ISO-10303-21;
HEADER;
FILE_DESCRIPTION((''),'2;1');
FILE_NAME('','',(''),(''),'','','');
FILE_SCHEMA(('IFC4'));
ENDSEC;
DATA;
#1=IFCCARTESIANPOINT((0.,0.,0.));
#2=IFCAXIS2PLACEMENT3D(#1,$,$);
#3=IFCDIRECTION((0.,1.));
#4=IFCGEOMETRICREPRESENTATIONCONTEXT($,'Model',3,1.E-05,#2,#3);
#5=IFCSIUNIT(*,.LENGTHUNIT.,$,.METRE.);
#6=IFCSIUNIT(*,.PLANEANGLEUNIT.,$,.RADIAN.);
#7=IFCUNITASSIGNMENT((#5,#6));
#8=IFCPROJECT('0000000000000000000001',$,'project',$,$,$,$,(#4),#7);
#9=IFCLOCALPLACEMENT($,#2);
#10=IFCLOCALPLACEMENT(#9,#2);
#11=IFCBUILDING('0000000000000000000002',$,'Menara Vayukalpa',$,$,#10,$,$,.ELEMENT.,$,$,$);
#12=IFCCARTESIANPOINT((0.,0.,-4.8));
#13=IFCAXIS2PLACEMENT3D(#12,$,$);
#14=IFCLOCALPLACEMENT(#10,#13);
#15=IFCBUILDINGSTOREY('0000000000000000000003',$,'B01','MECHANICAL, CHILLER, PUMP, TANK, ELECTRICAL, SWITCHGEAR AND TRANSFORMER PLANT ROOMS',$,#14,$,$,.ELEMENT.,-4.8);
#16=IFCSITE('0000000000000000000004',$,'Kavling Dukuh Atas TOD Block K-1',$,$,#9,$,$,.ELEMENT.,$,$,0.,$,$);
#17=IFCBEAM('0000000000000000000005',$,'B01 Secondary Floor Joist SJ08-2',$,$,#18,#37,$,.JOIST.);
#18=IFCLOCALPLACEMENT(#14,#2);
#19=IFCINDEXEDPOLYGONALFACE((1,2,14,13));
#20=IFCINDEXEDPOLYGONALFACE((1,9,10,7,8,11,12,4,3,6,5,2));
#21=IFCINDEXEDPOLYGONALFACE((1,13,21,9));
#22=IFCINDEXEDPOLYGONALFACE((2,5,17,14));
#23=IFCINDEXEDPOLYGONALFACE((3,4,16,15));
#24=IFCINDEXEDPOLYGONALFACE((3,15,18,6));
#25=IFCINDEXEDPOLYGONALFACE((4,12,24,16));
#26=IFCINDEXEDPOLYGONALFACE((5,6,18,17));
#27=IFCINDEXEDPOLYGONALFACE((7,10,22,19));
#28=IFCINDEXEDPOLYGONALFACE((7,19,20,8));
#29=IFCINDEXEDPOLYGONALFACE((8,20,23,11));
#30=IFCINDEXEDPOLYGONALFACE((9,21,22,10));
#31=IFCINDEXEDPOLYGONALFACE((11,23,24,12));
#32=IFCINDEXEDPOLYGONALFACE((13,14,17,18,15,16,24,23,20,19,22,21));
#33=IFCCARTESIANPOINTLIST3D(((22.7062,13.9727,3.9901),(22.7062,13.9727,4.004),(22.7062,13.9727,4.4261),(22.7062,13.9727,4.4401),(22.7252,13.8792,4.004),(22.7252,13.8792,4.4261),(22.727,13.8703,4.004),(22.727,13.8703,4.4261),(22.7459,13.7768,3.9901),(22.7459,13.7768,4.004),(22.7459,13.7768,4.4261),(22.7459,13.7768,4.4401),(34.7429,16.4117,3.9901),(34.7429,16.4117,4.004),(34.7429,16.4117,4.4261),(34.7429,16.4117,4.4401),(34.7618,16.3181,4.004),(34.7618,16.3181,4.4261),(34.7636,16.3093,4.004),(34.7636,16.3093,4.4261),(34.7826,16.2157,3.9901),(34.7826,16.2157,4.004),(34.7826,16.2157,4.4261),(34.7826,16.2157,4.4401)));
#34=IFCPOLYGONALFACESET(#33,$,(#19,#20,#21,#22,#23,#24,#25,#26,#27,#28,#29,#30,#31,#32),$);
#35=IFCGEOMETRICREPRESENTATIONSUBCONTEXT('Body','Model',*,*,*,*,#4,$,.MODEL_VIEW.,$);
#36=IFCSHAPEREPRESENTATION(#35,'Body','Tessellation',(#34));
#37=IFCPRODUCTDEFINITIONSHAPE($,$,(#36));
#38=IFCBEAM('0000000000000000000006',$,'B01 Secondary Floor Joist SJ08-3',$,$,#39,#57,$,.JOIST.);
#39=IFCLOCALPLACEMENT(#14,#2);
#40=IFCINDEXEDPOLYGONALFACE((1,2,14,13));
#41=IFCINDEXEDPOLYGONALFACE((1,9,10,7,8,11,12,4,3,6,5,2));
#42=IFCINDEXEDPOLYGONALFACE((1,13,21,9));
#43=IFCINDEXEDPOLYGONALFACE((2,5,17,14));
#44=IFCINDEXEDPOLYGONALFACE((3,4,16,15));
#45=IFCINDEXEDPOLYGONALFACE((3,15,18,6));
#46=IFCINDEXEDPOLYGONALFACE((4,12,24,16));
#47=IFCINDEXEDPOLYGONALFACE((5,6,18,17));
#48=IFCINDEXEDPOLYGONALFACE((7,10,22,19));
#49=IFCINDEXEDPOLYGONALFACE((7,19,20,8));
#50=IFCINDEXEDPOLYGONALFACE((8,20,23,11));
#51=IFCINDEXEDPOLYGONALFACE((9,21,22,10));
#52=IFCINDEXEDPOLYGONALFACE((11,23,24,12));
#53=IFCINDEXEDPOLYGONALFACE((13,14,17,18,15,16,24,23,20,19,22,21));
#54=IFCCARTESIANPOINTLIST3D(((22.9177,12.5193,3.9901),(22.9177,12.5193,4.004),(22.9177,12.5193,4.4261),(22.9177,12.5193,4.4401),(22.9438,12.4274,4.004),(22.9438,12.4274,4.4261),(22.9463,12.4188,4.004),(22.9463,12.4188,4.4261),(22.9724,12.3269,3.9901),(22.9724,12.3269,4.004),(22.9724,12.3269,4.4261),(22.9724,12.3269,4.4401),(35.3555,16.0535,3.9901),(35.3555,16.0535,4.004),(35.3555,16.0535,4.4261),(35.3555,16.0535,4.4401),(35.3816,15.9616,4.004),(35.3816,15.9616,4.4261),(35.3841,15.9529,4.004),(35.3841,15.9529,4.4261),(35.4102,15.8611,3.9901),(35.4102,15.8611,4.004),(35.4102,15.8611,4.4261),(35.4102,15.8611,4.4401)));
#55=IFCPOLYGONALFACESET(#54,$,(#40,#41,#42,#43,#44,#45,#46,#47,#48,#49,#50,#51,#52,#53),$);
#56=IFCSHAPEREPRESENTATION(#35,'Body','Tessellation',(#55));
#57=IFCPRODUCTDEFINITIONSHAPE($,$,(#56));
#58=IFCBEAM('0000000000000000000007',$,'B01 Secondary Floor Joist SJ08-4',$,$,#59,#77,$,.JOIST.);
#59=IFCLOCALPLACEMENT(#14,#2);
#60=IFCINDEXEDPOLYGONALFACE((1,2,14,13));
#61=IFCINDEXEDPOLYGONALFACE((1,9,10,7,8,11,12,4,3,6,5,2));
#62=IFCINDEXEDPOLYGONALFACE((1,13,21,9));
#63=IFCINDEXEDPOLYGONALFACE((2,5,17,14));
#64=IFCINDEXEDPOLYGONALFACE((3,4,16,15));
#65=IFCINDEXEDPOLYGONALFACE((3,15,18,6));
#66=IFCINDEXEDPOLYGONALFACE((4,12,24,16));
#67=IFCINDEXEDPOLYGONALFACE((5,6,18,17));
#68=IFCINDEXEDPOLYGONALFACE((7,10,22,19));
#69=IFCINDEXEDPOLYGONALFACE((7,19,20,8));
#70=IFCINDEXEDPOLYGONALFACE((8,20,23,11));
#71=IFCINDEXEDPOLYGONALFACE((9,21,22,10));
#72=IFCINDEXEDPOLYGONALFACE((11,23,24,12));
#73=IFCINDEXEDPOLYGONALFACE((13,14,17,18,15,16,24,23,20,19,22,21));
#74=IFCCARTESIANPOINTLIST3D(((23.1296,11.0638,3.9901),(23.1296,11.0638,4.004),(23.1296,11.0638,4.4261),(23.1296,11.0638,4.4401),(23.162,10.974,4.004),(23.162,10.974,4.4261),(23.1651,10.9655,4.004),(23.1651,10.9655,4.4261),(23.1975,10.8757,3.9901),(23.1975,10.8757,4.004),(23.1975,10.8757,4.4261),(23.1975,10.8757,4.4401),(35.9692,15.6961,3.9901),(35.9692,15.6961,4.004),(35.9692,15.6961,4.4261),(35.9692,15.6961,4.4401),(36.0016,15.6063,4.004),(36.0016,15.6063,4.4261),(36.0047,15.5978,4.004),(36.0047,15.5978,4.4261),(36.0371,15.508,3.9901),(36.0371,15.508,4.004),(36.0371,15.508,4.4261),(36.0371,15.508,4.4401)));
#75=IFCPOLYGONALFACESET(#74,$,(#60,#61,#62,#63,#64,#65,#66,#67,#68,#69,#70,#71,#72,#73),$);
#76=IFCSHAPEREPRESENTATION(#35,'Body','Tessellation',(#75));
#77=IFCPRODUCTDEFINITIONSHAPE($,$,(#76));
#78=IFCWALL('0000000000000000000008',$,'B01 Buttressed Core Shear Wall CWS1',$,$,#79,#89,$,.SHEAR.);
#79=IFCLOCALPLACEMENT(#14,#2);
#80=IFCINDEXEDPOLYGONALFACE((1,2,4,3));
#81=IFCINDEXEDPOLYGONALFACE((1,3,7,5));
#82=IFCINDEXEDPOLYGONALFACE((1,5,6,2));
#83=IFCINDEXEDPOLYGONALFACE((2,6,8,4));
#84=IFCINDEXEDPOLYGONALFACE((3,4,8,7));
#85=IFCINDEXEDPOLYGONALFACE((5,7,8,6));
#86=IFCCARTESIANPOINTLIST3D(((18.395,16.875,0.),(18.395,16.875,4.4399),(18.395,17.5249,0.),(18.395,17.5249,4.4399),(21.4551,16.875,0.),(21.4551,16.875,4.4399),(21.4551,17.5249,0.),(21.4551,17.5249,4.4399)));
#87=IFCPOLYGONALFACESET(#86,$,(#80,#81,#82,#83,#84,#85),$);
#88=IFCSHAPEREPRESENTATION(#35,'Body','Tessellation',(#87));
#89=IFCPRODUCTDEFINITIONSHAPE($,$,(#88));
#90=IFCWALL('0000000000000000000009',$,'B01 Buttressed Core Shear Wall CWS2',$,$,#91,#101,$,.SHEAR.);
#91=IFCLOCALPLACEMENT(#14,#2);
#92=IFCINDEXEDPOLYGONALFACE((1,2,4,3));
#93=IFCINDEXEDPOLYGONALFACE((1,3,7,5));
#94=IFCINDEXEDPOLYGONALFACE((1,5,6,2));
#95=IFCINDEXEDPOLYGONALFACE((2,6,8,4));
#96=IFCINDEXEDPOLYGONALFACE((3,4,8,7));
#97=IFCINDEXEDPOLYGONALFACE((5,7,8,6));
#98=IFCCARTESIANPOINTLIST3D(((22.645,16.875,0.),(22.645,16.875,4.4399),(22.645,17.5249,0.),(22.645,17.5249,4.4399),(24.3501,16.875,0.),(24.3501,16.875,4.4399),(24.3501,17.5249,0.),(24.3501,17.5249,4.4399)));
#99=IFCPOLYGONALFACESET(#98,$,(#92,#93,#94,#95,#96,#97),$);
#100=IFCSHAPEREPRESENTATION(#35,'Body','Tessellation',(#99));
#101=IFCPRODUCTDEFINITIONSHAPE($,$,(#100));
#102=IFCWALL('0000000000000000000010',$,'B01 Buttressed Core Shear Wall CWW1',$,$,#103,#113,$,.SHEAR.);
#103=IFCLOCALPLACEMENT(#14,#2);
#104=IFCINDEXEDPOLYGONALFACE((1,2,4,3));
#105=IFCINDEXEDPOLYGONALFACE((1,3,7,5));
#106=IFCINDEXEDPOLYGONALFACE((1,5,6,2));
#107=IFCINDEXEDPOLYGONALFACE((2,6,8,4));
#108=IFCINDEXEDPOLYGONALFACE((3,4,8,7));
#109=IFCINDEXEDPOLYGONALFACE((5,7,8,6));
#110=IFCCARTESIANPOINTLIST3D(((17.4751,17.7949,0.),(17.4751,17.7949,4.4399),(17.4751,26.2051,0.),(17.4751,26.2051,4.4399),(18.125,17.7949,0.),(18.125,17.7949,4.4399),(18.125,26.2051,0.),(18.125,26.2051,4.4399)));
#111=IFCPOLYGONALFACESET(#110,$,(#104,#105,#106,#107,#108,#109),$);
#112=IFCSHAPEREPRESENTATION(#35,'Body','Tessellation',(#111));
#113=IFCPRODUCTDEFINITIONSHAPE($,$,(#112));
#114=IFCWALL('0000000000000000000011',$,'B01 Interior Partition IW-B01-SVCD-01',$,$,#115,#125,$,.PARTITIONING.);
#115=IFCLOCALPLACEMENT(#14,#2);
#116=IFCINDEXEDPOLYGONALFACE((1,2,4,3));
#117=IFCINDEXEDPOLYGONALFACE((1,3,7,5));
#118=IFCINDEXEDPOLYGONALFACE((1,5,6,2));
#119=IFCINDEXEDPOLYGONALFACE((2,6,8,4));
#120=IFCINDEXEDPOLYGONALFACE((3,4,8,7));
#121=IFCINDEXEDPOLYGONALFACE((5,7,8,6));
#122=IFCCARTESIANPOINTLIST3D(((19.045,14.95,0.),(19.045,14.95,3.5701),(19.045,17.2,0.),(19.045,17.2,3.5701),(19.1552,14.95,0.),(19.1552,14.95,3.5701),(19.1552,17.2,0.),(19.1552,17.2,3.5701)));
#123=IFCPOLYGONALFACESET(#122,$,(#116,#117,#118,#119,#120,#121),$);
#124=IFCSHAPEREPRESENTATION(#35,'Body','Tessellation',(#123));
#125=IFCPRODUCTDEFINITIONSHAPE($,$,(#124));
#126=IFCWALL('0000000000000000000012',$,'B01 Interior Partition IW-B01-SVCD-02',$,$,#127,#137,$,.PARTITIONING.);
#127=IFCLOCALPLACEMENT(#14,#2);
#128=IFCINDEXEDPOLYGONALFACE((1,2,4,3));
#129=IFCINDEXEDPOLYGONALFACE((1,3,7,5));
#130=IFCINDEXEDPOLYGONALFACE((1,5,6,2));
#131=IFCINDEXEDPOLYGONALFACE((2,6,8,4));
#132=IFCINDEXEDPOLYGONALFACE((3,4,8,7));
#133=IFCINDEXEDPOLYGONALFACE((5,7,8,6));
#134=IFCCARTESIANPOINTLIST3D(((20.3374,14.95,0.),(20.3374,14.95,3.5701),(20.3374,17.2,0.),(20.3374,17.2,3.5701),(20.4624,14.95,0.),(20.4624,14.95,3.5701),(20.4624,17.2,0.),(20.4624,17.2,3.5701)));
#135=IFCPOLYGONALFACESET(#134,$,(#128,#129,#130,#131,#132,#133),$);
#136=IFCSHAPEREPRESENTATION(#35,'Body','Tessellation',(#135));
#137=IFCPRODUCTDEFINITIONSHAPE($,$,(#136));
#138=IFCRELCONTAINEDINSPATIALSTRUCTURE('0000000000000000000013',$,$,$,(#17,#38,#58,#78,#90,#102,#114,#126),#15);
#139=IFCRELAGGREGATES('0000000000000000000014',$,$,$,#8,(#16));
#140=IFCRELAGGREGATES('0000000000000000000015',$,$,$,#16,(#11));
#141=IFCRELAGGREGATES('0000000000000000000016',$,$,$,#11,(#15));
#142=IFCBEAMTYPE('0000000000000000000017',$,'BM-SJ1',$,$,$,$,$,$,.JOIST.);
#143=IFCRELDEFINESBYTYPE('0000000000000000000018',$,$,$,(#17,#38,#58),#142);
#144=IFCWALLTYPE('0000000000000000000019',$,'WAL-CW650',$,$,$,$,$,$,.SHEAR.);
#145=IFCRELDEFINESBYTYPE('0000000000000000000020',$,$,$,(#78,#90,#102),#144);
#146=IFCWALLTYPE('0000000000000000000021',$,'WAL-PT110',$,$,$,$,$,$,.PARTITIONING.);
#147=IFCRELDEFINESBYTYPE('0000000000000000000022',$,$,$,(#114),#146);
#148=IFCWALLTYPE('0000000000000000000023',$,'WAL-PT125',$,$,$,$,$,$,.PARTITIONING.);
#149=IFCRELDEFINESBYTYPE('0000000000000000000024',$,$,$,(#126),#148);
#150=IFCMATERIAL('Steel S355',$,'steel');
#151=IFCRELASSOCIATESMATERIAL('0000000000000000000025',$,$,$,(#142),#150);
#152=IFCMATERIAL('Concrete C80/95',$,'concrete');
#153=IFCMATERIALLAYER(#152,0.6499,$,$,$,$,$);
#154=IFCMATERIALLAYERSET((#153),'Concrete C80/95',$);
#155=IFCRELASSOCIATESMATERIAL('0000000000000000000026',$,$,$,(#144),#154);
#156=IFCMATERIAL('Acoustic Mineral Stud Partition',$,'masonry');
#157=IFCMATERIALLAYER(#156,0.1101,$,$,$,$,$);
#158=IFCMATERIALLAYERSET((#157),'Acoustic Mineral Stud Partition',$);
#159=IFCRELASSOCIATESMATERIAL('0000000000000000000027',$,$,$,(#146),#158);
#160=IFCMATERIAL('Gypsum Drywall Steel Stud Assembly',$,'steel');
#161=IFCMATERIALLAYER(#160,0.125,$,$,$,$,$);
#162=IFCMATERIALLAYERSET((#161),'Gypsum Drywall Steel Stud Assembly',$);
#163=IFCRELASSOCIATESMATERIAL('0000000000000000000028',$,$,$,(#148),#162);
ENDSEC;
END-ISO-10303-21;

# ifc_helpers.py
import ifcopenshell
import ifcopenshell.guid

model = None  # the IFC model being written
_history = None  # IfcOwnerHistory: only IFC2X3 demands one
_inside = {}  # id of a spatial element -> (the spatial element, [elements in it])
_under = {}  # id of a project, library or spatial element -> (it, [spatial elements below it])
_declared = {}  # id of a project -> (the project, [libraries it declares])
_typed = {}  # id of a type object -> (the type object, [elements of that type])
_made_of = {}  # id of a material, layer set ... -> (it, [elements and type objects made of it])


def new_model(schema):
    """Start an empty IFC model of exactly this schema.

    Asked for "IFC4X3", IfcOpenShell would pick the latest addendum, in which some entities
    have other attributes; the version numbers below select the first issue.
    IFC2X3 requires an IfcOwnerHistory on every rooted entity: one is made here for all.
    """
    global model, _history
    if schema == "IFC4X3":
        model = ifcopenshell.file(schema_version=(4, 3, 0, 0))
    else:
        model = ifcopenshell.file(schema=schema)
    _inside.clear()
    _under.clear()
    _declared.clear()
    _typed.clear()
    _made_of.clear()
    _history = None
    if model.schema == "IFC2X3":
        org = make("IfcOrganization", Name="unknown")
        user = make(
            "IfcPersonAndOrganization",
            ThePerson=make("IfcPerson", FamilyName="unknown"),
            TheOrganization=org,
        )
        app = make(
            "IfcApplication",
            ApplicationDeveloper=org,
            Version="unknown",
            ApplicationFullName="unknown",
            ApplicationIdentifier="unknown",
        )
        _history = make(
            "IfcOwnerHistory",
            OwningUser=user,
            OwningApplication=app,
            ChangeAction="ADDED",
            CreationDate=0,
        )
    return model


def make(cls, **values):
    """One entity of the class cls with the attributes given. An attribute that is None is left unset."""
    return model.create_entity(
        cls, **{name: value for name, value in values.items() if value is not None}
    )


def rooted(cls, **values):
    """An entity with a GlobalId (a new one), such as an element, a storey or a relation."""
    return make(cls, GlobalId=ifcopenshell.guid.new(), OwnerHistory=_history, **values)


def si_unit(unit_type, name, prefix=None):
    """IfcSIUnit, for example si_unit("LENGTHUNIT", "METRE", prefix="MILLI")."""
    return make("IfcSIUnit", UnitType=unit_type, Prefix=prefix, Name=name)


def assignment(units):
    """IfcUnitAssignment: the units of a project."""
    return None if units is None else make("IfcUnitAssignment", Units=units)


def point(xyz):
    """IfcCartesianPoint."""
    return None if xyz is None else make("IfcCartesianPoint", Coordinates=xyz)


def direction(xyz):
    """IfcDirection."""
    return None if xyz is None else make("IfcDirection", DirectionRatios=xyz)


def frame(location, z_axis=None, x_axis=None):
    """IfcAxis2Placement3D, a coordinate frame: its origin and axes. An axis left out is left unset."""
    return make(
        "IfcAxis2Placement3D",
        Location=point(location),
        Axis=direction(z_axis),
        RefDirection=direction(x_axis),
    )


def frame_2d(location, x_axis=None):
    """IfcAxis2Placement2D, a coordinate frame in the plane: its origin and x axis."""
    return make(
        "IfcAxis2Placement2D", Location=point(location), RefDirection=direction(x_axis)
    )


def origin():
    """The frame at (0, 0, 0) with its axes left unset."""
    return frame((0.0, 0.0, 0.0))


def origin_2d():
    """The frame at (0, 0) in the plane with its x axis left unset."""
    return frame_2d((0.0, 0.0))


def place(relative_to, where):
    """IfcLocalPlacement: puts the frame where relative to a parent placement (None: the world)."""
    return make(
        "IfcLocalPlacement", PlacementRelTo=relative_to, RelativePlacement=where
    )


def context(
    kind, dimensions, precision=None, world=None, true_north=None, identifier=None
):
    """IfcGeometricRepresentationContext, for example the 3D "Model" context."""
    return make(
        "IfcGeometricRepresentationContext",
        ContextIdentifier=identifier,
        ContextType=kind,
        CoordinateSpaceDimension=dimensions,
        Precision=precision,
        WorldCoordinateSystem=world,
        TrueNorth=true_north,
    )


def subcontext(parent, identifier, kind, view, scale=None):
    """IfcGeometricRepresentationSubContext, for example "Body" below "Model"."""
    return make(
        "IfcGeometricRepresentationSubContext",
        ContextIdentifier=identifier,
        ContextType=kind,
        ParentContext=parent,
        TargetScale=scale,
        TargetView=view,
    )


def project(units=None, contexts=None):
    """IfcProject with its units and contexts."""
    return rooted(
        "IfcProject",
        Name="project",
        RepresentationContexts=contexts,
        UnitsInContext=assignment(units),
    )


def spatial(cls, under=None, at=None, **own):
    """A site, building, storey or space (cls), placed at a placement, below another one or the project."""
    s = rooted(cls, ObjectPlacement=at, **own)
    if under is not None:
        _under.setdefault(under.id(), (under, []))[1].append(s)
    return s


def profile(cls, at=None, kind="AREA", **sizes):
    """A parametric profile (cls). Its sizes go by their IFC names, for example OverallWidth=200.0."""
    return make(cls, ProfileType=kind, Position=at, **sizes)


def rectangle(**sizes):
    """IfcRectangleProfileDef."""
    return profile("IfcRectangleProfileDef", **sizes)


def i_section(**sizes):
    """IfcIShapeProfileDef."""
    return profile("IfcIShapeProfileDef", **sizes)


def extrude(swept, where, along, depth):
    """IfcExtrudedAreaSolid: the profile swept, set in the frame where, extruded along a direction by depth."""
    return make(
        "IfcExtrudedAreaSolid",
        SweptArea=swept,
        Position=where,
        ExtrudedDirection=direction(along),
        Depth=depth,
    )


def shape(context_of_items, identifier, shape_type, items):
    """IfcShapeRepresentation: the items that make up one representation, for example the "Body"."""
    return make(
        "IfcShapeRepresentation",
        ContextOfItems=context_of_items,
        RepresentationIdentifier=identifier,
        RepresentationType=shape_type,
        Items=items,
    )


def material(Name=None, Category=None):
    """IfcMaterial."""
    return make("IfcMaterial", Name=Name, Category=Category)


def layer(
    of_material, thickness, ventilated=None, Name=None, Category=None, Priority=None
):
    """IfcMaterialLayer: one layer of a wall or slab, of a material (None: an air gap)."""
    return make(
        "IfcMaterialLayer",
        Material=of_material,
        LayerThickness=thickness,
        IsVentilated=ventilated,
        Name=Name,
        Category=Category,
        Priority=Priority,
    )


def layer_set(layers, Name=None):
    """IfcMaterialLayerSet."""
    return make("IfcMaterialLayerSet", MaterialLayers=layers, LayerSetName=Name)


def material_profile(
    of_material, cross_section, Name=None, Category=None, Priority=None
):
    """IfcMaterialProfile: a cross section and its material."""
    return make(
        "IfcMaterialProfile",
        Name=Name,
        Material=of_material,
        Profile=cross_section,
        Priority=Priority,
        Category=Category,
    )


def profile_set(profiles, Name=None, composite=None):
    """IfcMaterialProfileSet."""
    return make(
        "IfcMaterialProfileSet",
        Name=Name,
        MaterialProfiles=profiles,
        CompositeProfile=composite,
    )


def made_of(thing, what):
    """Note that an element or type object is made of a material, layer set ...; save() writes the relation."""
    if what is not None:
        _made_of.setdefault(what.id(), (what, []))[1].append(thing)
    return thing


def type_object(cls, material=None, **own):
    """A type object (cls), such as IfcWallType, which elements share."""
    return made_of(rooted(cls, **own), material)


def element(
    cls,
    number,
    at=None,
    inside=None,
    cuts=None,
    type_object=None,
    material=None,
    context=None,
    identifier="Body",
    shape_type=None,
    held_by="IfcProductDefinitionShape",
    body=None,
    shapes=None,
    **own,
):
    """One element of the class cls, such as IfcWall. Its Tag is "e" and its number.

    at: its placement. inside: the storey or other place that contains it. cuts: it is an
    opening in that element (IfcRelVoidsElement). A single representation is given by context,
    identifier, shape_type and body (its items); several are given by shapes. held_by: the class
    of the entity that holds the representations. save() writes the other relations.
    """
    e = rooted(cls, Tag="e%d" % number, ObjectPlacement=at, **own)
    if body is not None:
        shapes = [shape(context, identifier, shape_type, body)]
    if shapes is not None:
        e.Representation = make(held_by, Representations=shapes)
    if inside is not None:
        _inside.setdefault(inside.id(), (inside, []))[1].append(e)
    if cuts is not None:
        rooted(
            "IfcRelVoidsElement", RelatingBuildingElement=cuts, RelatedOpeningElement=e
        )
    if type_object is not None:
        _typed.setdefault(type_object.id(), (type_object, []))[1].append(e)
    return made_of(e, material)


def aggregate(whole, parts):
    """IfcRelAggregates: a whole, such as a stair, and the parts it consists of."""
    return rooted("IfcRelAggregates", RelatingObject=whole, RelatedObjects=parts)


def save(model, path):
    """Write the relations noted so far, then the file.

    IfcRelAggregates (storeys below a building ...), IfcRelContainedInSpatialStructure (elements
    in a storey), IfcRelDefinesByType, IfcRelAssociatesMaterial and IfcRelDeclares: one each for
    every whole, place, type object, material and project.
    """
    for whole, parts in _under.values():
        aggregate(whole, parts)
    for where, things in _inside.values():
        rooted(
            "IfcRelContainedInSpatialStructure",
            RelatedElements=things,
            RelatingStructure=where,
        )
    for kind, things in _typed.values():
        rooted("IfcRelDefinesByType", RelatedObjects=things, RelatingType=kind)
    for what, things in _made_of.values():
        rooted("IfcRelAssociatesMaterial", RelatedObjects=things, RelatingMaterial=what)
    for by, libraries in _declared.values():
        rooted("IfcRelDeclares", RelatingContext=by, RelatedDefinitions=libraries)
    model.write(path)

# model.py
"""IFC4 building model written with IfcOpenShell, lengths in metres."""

from ifc_helpers import new_model, si_unit, direction, frame, frame_2d, origin, origin_2d, place, context, subcontext, project, spatial, rectangle, i_section, extrude, material, layer, layer_set, material_profile, profile_set, type_object, element, save


model = new_model("IFC4")

# Units and contexts
model_context = context("Model", 3, precision=1e-05, world=origin(), true_north=direction((0.0, 1.0)))
body_context = subcontext(model_context, "Body", "Model", "MODEL_VIEW")
ifc_project = project(units=[si_unit("LENGTHUNIT", "METRE"), si_unit("PLANEANGLEUNIT", "RADIAN")], contexts=[model_context])

# Site, building, storey
site_placement = place(None, origin())
site = spatial("IfcSite", under=ifc_project, at=site_placement, Name="Kavling Dukuh Atas TOD Block K-1", CompositionType="ELEMENT", RefElevation=0.0)
building_placement = place(site_placement, origin())
building = spatial("IfcBuilding", under=site, at=building_placement, Name="Menara Vayukalpa", CompositionType="ELEMENT")
storey_placement = place(building_placement, frame((0.0, 0.0, -4.8)))
storey = spatial("IfcBuildingStorey", under=building, at=storey_placement, Name="B01", Description="MECHANICAL, CHILLER, PUMP, TANK, ELECTRICAL, SWITCHGEAR AND TRANSFORMER PLANT ROOMS", CompositionType="ELEMENT", Elevation=-4.8)

# Beams
ifc_material_1 = material(Name="Steel S355", Category="steel")
ifc_material_profile_1 = material_profile(ifc_material_1, i_section(OverallWidth=0.2, OverallDepth=0.45, WebThickness=0.009, FlangeThickness=0.0139, at=origin_2d()), Name="WF 450x200x9x14")
ifc_profile_set_1 = profile_set([ifc_material_profile_1], Name="Steel S355")
beam_type_1 = type_object("IfcBeamType", Name="BM-SJ1", PredefinedType="JOIST", material=ifc_profile_set_1)
beam_1_placement = place(storey_placement, frame((22.7261, 13.8748, 4.2151), z_axis=(0.980082, 0.198593, 0.0), x_axis=(-0.198593, 0.980082, 0.0)))
element("IfcBeam", 1, at=beam_1_placement, inside=storey, type_object=beam_type_1, Name="B01 Secondary Floor Joist SJ08-2", PredefinedType="JOIST", context=body_context, shape_type="SweptSolid", body=[
    extrude(i_section(OverallWidth=0.2, OverallDepth=0.45, WebThickness=0.009, FlangeThickness=0.0139, at=origin_2d()), origin(), (0.0, 0.0, 1.0), 12.2812),
])
beam_2_placement = place(storey_placement, frame((22.9451, 12.4231, 4.2151), z_axis=(0.961921, 0.273329, 0.0), x_axis=(-0.273329, 0.961921, 0.0)))
element("IfcBeam", 2, at=beam_2_placement, inside=storey, type_object=beam_type_1, Name="B01 Secondary Floor Joist SJ08-3", PredefinedType="JOIST", context=body_context, shape_type="SweptSolid", body=[
    extrude(i_section(OverallWidth=0.2, OverallDepth=0.45, WebThickness=0.009, FlangeThickness=0.0139, at=origin_2d()), origin(), (0.0, 0.0, 1.0), 12.9302),
])
beam_3_placement = place(storey_placement, frame((23.1636, 10.9697, 4.2151), z_axis=(0.940652, 0.339372, 0.0), x_axis=(-0.339372, 0.940652, 0.0)))
element("IfcBeam", 3, at=beam_3_placement, inside=storey, type_object=beam_type_1, Name="B01 Secondary Floor Joist SJ08-4", PredefinedType="JOIST", context=body_context, shape_type="SweptSolid", body=[
    extrude(i_section(OverallWidth=0.2, OverallDepth=0.45, WebThickness=0.009, FlangeThickness=0.0139, at=origin_2d()), origin(), (0.0, 0.0, 1.0), 13.6497),
])

# Walls
ifc_material_2 = material(Name="Concrete C80/95", Category="concrete")
ifc_layer_1 = layer(ifc_material_2, 0.6499)
ifc_layer_set_1 = layer_set([ifc_layer_1], Name="Concrete C80/95")
wall_type_1 = type_object("IfcWallType", Name="WAL-CW650", PredefinedType="SHEAR", material=ifc_layer_set_1)
wall_1_placement = place(storey_placement, frame((18.395, 17.2, 0.0), z_axis=(0.0, 0.0, 1.0), x_axis=(1.0, 0.0, 0.0)))
element("IfcWall", 4, at=wall_1_placement, inside=storey, type_object=wall_type_1, Name="B01 Buttressed Core Shear Wall CWS1", PredefinedType="SHEAR", context=body_context, shape_type="SweptSolid", body=[
    extrude(rectangle(XDim=3.0601, YDim=0.6499, at=frame_2d((1.53, 0.0))), origin(), (0.0, 0.0, 1.0), 4.4399),
])
wall_2_placement = place(storey_placement, frame((22.645, 17.2, 0.0), z_axis=(0.0, 0.0, 1.0), x_axis=(1.0, 0.0, 0.0)))
element("IfcWall", 5, at=wall_2_placement, inside=storey, type_object=wall_type_1, Name="B01 Buttressed Core Shear Wall CWS2", PredefinedType="SHEAR", context=body_context, shape_type="SweptSolid", body=[
    extrude(rectangle(XDim=1.7051, YDim=0.6499, at=frame_2d((0.8525, 0.0))), origin(), (0.0, 0.0, 1.0), 4.4399),
])
wall_3_placement = place(storey_placement, frame((17.8, 17.7949, 0.0), z_axis=(0.0, 0.0, 1.0), x_axis=(0.0, 1.0, 0.0)))
element("IfcWall", 6, at=wall_3_placement, inside=storey, type_object=wall_type_1, Name="B01 Buttressed Core Shear Wall CWW1", PredefinedType="SHEAR", context=body_context, shape_type="SweptSolid", body=[
    extrude(rectangle(XDim=8.4102, YDim=0.6499, at=frame_2d((4.2051, 0.0))), origin(), (0.0, 0.0, 1.0), 4.4399),
])
ifc_material_3 = material(Name="Acoustic Mineral Stud Partition", Category="masonry")
ifc_layer_2 = layer(ifc_material_3, 0.1101)
ifc_layer_set_2 = layer_set([ifc_layer_2], Name="Acoustic Mineral Stud Partition")
wall_type_2 = type_object("IfcWallType", Name="WAL-PT110", PredefinedType="PARTITIONING", material=ifc_layer_set_2)
wall_4_placement = place(storey_placement, frame((19.1001, 14.95, 0.0), z_axis=(0.0, 0.0, 1.0), x_axis=(0.0, 1.0, 0.0)))
element("IfcWall", 7, at=wall_4_placement, inside=storey, type_object=wall_type_2, Name="B01 Interior Partition IW-B01-SVCD-01", PredefinedType="PARTITIONING", context=body_context, shape_type="SweptSolid", body=[
    extrude(rectangle(XDim=2.25, YDim=0.1101, at=frame_2d((1.125, 0.0))), origin(), (0.0, 0.0, 1.0), 3.5701),
])
ifc_material_4 = material(Name="Gypsum Drywall Steel Stud Assembly", Category="steel")
ifc_layer_3 = layer(ifc_material_4, 0.125)
ifc_layer_set_3 = layer_set([ifc_layer_3], Name="Gypsum Drywall Steel Stud Assembly")
wall_type_3 = type_object("IfcWallType", Name="WAL-PT125", PredefinedType="PARTITIONING", material=ifc_layer_set_3)
wall_5_placement = place(storey_placement, frame((20.3999, 14.95, 0.0), z_axis=(0.0, 0.0, 1.0), x_axis=(0.0, 1.0, 0.0)))
element("IfcWall", 8, at=wall_5_placement, inside=storey, type_object=wall_type_3, Name="B01 Interior Partition IW-B01-SVCD-02", PredefinedType="PARTITIONING", context=body_context, shape_type="SweptSolid", body=[
    extrude(rectangle(XDim=2.25, YDim=0.125, at=frame_2d((1.125, 0.0))), origin(), (0.0, 0.0, 1.0), 3.5701),
])

save(model, "model.ifc")
